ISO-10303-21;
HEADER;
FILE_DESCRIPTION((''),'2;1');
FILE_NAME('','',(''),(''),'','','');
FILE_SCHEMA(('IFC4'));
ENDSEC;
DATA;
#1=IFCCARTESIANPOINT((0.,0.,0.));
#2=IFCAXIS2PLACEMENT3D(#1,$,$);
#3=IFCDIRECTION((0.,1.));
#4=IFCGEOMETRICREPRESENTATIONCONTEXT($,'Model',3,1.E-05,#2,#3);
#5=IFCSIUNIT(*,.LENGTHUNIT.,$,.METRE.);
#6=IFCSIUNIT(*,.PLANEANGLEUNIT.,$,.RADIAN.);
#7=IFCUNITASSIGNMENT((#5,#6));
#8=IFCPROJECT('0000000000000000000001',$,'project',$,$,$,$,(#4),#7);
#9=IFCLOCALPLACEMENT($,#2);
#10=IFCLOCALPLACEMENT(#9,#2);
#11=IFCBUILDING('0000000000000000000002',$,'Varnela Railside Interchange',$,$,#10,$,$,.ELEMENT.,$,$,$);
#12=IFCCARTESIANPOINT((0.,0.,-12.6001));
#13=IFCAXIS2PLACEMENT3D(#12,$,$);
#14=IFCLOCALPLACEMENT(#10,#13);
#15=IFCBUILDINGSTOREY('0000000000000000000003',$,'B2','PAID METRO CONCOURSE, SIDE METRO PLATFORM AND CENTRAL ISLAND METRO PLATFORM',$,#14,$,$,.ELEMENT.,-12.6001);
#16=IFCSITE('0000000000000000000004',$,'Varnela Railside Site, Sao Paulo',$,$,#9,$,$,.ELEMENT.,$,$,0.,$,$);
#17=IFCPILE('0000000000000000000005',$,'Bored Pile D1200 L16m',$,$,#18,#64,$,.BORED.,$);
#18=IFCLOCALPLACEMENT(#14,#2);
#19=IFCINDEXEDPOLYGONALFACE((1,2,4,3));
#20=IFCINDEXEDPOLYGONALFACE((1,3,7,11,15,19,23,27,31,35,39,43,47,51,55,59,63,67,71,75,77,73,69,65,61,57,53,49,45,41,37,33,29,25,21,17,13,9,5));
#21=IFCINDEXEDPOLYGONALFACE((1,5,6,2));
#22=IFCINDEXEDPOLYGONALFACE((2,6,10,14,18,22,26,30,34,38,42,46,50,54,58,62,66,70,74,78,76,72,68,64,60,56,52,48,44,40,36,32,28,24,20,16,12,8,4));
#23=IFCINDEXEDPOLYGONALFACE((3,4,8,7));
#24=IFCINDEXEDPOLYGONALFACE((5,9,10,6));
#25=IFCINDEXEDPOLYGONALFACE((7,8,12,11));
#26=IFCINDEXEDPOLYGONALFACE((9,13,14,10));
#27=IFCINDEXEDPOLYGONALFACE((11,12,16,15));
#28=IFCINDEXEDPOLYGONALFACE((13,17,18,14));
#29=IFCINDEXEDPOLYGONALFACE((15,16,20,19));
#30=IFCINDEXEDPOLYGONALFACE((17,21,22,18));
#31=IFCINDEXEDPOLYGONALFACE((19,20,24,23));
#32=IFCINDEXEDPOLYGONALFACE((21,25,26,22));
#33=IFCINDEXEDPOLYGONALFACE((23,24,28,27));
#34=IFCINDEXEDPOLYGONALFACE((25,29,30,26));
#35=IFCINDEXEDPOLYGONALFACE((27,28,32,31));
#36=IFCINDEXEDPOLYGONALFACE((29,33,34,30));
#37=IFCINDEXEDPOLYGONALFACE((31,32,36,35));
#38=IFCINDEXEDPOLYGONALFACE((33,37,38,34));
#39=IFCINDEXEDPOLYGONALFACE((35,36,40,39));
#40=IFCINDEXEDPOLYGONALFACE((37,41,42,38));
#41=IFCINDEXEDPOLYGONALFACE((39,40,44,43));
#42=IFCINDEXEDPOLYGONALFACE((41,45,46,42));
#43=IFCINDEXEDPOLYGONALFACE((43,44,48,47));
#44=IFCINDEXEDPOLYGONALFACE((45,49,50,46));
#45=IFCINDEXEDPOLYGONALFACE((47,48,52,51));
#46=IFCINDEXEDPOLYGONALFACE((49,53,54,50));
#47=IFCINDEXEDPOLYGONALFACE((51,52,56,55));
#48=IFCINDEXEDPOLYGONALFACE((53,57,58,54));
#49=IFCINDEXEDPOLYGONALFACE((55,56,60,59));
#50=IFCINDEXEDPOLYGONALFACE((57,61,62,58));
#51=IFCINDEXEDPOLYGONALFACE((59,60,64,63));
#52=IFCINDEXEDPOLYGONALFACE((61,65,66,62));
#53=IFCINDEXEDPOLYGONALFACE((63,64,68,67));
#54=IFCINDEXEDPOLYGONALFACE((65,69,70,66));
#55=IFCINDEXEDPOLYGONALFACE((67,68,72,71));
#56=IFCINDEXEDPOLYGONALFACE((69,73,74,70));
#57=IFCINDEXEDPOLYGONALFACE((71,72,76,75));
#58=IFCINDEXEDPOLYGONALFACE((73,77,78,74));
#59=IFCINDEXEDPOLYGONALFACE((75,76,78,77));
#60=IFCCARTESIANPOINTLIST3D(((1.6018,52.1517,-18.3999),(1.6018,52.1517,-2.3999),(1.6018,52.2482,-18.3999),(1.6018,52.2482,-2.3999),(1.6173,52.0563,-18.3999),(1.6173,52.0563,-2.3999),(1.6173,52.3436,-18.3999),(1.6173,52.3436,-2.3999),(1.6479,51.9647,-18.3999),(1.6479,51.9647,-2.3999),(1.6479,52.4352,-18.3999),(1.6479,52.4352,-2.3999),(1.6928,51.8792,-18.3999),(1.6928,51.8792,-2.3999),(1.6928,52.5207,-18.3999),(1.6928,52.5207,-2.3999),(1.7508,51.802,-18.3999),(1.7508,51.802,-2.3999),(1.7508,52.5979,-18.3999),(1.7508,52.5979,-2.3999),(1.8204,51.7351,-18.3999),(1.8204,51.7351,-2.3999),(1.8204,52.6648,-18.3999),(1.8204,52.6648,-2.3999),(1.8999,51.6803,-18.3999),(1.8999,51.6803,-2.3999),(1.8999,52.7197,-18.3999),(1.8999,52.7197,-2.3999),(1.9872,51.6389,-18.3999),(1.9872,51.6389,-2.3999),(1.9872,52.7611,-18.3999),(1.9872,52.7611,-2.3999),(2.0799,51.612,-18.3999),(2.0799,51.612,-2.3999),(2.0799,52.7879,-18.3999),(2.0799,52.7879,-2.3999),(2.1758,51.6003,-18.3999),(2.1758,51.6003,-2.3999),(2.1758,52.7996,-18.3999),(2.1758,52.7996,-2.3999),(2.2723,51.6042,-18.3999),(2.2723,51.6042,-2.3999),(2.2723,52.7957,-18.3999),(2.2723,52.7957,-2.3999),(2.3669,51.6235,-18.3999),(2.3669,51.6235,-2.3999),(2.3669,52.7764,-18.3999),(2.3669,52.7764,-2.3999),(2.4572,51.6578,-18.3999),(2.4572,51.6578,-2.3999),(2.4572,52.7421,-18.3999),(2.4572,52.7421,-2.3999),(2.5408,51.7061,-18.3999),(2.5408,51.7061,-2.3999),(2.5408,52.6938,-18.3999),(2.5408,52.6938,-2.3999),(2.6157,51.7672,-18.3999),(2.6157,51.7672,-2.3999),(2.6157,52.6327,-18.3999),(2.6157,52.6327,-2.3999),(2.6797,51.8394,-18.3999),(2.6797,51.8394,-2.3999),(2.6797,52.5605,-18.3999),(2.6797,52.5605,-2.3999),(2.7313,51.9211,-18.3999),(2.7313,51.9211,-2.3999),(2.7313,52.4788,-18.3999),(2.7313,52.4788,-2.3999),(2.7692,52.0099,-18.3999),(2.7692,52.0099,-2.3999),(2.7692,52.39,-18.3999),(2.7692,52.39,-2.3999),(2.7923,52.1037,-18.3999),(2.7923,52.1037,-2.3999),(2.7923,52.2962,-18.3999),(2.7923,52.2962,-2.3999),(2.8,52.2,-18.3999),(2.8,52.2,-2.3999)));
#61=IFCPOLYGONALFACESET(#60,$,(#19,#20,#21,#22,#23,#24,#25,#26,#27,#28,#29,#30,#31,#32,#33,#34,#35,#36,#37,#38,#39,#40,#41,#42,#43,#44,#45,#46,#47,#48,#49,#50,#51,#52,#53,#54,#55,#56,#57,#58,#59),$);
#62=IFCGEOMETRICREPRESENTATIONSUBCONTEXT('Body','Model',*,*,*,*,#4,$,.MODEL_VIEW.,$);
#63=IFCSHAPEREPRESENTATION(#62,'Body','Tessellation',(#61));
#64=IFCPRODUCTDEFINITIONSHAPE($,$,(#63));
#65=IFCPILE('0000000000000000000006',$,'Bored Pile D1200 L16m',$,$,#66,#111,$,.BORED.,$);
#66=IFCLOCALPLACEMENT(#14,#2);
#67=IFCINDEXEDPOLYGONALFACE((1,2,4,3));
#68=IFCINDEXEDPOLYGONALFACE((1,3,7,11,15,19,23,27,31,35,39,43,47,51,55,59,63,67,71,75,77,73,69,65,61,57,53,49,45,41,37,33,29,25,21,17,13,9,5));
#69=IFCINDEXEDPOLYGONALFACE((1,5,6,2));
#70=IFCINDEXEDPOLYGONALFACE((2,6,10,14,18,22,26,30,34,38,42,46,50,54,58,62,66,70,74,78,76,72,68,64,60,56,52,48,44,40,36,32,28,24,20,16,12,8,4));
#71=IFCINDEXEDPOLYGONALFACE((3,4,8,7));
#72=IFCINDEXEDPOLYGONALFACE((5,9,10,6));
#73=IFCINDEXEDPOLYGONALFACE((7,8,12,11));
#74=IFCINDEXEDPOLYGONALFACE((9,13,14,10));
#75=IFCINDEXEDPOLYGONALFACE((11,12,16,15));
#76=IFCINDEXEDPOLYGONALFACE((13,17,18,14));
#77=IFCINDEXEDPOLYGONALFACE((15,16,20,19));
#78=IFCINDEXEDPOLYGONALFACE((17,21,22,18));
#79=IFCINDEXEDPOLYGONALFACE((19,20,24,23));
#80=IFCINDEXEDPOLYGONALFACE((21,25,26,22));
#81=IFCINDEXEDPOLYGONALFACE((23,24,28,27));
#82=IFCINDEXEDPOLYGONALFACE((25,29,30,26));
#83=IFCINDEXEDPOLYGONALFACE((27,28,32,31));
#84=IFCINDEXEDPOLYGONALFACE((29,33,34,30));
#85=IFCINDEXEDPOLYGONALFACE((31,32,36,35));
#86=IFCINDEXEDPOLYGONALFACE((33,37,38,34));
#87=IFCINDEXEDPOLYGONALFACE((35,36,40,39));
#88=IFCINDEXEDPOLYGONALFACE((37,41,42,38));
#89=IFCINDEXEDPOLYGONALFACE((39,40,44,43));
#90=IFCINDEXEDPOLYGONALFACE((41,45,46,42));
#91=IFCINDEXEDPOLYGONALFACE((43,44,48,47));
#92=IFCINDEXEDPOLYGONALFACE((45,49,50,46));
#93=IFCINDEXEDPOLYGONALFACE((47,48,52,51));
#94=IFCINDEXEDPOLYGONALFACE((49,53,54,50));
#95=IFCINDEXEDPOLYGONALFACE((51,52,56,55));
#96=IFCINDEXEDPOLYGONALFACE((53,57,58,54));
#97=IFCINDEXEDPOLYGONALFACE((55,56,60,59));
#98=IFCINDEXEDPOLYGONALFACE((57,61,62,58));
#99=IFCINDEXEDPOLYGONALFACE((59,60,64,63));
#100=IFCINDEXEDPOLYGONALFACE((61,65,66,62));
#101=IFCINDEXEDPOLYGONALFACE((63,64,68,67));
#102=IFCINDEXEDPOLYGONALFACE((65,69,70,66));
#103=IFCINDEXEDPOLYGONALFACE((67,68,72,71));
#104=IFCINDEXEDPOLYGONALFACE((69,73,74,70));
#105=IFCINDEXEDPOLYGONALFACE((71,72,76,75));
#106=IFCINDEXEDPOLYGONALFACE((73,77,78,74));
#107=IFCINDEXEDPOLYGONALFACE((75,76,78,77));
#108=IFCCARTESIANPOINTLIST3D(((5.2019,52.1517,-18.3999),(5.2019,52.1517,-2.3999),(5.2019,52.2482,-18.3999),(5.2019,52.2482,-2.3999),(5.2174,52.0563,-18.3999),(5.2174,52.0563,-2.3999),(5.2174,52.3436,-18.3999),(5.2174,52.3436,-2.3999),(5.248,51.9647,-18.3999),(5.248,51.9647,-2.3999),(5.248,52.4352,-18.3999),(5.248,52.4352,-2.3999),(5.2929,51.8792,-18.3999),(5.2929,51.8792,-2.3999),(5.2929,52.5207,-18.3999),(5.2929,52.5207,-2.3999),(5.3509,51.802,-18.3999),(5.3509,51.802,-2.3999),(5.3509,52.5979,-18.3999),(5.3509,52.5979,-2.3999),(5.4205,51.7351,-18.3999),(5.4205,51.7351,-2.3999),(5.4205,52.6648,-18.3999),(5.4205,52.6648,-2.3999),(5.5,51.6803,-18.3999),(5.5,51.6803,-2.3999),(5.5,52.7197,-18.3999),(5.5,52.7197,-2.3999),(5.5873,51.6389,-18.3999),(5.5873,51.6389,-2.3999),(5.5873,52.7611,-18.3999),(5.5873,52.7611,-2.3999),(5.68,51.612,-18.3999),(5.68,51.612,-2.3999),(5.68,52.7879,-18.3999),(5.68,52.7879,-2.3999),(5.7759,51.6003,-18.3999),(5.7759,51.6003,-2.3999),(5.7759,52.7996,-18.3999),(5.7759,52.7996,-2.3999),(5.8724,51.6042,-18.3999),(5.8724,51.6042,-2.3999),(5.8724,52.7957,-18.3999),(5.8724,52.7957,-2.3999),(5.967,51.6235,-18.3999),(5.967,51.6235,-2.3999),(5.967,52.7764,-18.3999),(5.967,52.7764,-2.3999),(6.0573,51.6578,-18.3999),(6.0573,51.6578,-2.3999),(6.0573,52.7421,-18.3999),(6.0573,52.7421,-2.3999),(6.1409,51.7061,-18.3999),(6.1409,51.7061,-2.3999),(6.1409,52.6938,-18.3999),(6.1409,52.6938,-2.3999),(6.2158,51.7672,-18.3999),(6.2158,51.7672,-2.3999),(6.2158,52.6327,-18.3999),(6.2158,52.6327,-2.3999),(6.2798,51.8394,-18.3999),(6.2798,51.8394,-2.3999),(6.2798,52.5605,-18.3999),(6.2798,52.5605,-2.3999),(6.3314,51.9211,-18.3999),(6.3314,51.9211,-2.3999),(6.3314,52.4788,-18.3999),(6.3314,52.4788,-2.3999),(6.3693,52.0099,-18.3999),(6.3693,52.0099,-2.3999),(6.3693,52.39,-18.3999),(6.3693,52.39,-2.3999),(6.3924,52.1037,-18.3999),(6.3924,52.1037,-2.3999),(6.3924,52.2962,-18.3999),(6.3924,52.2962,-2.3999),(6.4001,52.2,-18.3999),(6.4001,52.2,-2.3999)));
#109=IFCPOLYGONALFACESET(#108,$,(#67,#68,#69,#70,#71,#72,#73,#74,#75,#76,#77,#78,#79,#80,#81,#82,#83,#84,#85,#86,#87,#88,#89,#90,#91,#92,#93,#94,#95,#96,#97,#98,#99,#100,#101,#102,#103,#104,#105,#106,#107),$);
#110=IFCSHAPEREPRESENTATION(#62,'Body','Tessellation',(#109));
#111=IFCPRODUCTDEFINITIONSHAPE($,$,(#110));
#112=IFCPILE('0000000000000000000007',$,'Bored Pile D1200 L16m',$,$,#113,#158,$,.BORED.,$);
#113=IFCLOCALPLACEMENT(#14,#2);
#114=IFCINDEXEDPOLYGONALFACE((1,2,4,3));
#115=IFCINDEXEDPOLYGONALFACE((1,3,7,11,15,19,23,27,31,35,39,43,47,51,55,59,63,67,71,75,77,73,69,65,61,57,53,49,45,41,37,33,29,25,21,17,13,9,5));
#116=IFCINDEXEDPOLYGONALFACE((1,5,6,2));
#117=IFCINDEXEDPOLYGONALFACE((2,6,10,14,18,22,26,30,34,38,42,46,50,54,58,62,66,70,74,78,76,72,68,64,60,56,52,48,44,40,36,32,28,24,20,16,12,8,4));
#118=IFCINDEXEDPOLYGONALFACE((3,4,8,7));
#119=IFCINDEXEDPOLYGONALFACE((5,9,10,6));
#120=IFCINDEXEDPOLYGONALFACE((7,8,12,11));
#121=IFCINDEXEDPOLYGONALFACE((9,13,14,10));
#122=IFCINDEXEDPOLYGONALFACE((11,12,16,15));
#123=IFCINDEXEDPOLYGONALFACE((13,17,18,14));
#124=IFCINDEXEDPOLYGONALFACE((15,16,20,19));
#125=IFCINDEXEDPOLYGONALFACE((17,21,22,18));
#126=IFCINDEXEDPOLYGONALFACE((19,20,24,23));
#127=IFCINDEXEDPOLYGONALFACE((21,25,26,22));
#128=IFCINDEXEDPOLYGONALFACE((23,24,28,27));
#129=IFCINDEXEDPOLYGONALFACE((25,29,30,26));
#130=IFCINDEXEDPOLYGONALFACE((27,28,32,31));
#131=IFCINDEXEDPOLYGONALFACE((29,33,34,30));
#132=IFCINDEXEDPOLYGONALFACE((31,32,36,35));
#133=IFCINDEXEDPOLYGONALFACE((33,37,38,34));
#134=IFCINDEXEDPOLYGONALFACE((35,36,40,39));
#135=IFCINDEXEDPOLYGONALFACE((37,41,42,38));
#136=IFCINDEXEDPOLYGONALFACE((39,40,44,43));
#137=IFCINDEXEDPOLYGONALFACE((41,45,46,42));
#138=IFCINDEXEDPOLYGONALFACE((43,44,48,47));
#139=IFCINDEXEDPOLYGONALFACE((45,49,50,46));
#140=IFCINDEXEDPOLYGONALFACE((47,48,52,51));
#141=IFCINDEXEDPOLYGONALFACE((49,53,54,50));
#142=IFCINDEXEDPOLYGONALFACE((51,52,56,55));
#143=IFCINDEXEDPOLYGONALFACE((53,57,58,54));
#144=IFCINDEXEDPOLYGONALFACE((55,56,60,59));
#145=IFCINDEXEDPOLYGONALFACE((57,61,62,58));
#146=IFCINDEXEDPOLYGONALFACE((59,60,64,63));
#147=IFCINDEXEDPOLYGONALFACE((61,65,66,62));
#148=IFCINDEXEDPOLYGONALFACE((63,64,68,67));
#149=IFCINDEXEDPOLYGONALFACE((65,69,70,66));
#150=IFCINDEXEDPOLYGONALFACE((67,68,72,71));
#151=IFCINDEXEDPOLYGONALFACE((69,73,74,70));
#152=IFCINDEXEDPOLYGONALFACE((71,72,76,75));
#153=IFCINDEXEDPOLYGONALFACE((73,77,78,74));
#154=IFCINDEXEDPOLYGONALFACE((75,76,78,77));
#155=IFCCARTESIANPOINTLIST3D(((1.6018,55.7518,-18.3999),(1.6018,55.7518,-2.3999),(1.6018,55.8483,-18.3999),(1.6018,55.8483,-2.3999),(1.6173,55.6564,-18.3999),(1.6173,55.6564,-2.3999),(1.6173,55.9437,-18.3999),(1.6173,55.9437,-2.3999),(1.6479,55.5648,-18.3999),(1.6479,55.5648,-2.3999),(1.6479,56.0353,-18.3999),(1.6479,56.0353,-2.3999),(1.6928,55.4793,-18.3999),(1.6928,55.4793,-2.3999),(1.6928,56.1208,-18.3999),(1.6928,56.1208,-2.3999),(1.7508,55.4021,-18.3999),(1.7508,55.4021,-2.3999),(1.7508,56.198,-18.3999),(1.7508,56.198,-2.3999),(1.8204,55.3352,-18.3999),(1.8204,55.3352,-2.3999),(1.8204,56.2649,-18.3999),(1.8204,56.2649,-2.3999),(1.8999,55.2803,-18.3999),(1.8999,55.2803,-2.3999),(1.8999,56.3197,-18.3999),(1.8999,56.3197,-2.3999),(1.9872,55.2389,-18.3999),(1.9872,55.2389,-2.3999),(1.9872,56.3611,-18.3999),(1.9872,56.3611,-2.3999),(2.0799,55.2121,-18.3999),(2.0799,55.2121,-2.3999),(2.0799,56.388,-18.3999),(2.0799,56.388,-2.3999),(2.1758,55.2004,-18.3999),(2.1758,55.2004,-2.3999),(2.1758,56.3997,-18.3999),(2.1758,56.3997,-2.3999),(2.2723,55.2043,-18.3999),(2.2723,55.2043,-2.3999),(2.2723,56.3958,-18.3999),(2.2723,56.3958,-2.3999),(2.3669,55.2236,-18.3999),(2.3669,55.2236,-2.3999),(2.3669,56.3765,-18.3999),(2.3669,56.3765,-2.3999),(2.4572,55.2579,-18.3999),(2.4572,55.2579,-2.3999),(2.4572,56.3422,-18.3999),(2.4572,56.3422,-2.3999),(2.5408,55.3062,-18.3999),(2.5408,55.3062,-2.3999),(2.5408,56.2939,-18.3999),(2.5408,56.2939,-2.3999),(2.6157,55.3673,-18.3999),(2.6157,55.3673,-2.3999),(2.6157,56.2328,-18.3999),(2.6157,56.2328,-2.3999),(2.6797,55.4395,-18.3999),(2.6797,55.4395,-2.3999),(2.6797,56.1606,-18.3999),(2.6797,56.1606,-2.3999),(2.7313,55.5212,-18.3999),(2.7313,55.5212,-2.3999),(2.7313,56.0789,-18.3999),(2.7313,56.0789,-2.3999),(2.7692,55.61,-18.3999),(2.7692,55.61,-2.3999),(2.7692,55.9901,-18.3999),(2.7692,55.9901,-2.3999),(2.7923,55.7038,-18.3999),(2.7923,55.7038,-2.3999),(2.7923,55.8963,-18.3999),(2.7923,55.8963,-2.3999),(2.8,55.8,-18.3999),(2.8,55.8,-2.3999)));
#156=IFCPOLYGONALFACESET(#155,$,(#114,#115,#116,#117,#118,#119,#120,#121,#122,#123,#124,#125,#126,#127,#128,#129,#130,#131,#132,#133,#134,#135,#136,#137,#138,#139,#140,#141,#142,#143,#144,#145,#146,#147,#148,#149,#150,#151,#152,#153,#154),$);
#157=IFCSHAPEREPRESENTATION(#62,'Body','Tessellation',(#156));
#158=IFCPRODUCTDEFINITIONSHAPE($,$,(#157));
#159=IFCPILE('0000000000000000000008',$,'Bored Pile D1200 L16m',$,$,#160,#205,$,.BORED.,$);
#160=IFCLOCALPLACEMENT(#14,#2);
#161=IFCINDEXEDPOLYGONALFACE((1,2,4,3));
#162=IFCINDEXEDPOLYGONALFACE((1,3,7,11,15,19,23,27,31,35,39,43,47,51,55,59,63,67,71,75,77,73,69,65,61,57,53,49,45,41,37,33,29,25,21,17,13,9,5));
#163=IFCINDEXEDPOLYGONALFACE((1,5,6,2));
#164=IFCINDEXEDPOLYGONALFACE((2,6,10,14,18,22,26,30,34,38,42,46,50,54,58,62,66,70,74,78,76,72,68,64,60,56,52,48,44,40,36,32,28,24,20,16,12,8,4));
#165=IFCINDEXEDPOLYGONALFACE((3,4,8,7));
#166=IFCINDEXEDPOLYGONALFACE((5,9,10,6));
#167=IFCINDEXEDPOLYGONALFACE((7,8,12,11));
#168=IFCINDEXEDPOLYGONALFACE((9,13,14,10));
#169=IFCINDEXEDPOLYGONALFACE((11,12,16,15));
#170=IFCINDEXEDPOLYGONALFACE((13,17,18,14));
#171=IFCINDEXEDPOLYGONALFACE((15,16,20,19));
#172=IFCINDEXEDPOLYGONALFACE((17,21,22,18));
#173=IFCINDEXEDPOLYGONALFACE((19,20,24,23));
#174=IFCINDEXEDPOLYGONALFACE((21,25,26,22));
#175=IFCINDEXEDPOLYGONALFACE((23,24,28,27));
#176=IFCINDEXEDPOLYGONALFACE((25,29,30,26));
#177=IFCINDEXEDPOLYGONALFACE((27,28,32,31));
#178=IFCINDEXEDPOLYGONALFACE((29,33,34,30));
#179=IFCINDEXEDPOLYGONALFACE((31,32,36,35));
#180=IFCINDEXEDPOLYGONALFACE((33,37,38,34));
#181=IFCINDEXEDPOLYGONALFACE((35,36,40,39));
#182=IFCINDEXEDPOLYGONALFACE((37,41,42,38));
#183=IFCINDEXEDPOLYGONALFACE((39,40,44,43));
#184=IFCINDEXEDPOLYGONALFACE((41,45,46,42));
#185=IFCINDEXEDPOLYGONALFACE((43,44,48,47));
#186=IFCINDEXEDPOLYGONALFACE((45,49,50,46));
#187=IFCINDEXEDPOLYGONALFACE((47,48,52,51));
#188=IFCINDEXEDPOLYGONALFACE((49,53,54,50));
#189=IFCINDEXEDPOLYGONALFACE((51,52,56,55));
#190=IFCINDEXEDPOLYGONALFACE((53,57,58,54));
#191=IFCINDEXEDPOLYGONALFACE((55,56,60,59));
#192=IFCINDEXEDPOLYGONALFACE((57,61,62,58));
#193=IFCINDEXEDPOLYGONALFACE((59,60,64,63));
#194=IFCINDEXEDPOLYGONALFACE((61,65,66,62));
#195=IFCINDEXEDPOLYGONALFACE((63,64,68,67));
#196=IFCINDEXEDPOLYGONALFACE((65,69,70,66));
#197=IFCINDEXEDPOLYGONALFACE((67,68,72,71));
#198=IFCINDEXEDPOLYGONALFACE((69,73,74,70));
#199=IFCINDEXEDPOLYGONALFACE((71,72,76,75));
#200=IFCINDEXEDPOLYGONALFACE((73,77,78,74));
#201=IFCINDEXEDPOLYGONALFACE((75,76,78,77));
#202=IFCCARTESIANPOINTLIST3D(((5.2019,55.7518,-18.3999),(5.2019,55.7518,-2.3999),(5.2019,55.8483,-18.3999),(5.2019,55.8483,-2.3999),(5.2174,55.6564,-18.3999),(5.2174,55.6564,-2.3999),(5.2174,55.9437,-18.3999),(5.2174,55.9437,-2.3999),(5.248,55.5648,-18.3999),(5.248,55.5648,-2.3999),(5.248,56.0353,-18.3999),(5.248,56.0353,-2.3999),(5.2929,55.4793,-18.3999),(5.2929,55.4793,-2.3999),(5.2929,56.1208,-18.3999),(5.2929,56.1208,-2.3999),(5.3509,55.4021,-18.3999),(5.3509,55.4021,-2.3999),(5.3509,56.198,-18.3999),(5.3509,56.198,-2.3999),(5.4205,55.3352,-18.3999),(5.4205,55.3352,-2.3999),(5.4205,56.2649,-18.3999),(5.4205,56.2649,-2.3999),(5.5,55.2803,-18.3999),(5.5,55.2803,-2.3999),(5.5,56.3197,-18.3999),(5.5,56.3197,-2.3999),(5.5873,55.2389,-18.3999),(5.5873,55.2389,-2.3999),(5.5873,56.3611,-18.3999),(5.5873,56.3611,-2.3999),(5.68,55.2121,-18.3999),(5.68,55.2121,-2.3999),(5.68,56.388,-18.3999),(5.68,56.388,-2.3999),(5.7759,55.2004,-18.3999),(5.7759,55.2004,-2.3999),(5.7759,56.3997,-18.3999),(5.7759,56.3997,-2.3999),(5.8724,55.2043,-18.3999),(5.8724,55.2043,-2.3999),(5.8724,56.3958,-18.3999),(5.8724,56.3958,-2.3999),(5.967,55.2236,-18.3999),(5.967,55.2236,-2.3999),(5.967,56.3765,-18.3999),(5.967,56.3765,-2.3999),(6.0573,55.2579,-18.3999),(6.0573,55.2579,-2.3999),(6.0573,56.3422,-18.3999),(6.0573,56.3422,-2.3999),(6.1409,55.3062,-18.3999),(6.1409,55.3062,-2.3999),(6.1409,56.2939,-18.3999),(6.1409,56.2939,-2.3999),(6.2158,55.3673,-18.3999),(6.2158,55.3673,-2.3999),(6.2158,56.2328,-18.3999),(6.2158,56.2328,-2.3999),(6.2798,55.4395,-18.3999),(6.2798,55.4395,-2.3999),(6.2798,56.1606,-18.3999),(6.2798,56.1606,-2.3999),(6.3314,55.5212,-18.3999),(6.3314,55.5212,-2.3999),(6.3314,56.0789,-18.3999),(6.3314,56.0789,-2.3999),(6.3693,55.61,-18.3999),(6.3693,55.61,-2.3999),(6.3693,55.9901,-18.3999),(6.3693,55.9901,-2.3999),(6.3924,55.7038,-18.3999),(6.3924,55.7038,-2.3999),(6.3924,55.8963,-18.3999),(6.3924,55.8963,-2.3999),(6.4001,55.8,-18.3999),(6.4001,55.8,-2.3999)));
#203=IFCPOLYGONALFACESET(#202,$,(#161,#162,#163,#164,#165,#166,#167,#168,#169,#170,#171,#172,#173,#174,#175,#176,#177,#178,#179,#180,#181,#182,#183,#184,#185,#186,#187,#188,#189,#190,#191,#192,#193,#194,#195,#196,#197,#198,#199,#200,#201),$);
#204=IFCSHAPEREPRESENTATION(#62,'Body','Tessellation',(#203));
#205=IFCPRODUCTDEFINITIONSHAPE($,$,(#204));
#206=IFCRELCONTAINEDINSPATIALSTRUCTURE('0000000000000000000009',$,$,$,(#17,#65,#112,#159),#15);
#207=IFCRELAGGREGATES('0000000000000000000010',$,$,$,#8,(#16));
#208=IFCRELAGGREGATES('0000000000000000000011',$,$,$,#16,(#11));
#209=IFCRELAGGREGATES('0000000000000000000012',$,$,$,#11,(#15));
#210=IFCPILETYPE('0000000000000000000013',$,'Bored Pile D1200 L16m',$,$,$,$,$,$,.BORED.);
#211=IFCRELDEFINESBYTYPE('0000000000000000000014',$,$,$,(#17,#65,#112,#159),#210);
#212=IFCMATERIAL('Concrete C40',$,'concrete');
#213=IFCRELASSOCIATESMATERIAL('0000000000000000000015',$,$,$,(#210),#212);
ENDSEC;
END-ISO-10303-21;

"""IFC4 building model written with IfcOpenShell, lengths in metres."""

from ifc_helpers import new_model, si_unit, direction, frame, origin, origin_2d, place, context, subcontext, project, spatial, circle, extrude, material, material_profile, profile_set, type_object, element, save


model = new_model("IFC4")

# Units and contexts
model_context = context("Model", 3, precision=1e-05, world=origin(), true_north=direction((0.0, 1.0)))
body_context = subcontext(model_context, "Body", "Model", "MODEL_VIEW")
ifc_project = project(units=[si_unit("LENGTHUNIT", "METRE"), si_unit("PLANEANGLEUNIT", "RADIAN")], contexts=[model_context])

# Site, building, storey
site_placement = place(None, origin())
site = spatial("IfcSite", under=ifc_project, at=site_placement, Name="Varnela Railside Site, Sao Paulo", CompositionType="ELEMENT", RefElevation=0.0)
building_placement = place(site_placement, origin())
building = spatial("IfcBuilding", under=site, at=building_placement, Name="Varnela Railside Interchange", CompositionType="ELEMENT")
storey_placement = place(building_placement, frame((0.0, 0.0, -12.6001)))
storey = spatial("IfcBuildingStorey", under=building, at=storey_placement, Name="B2", Description="PAID METRO CONCOURSE, SIDE METRO PLATFORM AND CENTRAL ISLAND METRO PLATFORM", CompositionType="ELEMENT", Elevation=-12.6001)

# Piles
ifc_material_1 = material(Name="Concrete C40", Category="concrete")
ifc_material_profile_1 = material_profile(ifc_material_1, circle(Radius=0.6001, at=origin_2d()), Name="BORED PILE D1200")
ifc_profile_set_1 = profile_set([ifc_material_profile_1], Name="Concrete C40")
pile_type_1 = type_object("IfcPileType", Name="Bored Pile D1200 L16m", PredefinedType="BORED", material=ifc_profile_set_1)
for number, where, z_axis, x_axis, name in (
    (1, (2.2, 52.2, -2.3999), (0.0, 0.0, -1.0), (1.0, 0.0, 0.0), "Bored Pile D1200 L16m"),
    (2, (5.8, 52.2, -2.3999), (0.0, 0.0, -1.0), (1.0, 0.0, 0.0), "Bored Pile D1200 L16m"),
    (3, (2.2, 55.8, -2.3999), (0.0, 0.0, -1.0), (1.0, 0.0, 0.0), "Bored Pile D1200 L16m"),
    (4, (5.8, 55.8, -2.3999), (0.0, 0.0, -1.0), (1.0, 0.0, 0.0), "Bored Pile D1200 L16m"),
):
    element("IfcPile", number, at=place(storey_placement, frame(where, z_axis=z_axis, x_axis=x_axis)), inside=storey, type_object=pile_type_1, Name=name, PredefinedType="BORED", context=body_context, shape_type="SweptSolid", body=[
        extrude(circle(Radius=0.6001, at=origin_2d()), origin(), (0.0, 0.0, 1.0), 16.0),
    ])

save(model, "model.ifc")
